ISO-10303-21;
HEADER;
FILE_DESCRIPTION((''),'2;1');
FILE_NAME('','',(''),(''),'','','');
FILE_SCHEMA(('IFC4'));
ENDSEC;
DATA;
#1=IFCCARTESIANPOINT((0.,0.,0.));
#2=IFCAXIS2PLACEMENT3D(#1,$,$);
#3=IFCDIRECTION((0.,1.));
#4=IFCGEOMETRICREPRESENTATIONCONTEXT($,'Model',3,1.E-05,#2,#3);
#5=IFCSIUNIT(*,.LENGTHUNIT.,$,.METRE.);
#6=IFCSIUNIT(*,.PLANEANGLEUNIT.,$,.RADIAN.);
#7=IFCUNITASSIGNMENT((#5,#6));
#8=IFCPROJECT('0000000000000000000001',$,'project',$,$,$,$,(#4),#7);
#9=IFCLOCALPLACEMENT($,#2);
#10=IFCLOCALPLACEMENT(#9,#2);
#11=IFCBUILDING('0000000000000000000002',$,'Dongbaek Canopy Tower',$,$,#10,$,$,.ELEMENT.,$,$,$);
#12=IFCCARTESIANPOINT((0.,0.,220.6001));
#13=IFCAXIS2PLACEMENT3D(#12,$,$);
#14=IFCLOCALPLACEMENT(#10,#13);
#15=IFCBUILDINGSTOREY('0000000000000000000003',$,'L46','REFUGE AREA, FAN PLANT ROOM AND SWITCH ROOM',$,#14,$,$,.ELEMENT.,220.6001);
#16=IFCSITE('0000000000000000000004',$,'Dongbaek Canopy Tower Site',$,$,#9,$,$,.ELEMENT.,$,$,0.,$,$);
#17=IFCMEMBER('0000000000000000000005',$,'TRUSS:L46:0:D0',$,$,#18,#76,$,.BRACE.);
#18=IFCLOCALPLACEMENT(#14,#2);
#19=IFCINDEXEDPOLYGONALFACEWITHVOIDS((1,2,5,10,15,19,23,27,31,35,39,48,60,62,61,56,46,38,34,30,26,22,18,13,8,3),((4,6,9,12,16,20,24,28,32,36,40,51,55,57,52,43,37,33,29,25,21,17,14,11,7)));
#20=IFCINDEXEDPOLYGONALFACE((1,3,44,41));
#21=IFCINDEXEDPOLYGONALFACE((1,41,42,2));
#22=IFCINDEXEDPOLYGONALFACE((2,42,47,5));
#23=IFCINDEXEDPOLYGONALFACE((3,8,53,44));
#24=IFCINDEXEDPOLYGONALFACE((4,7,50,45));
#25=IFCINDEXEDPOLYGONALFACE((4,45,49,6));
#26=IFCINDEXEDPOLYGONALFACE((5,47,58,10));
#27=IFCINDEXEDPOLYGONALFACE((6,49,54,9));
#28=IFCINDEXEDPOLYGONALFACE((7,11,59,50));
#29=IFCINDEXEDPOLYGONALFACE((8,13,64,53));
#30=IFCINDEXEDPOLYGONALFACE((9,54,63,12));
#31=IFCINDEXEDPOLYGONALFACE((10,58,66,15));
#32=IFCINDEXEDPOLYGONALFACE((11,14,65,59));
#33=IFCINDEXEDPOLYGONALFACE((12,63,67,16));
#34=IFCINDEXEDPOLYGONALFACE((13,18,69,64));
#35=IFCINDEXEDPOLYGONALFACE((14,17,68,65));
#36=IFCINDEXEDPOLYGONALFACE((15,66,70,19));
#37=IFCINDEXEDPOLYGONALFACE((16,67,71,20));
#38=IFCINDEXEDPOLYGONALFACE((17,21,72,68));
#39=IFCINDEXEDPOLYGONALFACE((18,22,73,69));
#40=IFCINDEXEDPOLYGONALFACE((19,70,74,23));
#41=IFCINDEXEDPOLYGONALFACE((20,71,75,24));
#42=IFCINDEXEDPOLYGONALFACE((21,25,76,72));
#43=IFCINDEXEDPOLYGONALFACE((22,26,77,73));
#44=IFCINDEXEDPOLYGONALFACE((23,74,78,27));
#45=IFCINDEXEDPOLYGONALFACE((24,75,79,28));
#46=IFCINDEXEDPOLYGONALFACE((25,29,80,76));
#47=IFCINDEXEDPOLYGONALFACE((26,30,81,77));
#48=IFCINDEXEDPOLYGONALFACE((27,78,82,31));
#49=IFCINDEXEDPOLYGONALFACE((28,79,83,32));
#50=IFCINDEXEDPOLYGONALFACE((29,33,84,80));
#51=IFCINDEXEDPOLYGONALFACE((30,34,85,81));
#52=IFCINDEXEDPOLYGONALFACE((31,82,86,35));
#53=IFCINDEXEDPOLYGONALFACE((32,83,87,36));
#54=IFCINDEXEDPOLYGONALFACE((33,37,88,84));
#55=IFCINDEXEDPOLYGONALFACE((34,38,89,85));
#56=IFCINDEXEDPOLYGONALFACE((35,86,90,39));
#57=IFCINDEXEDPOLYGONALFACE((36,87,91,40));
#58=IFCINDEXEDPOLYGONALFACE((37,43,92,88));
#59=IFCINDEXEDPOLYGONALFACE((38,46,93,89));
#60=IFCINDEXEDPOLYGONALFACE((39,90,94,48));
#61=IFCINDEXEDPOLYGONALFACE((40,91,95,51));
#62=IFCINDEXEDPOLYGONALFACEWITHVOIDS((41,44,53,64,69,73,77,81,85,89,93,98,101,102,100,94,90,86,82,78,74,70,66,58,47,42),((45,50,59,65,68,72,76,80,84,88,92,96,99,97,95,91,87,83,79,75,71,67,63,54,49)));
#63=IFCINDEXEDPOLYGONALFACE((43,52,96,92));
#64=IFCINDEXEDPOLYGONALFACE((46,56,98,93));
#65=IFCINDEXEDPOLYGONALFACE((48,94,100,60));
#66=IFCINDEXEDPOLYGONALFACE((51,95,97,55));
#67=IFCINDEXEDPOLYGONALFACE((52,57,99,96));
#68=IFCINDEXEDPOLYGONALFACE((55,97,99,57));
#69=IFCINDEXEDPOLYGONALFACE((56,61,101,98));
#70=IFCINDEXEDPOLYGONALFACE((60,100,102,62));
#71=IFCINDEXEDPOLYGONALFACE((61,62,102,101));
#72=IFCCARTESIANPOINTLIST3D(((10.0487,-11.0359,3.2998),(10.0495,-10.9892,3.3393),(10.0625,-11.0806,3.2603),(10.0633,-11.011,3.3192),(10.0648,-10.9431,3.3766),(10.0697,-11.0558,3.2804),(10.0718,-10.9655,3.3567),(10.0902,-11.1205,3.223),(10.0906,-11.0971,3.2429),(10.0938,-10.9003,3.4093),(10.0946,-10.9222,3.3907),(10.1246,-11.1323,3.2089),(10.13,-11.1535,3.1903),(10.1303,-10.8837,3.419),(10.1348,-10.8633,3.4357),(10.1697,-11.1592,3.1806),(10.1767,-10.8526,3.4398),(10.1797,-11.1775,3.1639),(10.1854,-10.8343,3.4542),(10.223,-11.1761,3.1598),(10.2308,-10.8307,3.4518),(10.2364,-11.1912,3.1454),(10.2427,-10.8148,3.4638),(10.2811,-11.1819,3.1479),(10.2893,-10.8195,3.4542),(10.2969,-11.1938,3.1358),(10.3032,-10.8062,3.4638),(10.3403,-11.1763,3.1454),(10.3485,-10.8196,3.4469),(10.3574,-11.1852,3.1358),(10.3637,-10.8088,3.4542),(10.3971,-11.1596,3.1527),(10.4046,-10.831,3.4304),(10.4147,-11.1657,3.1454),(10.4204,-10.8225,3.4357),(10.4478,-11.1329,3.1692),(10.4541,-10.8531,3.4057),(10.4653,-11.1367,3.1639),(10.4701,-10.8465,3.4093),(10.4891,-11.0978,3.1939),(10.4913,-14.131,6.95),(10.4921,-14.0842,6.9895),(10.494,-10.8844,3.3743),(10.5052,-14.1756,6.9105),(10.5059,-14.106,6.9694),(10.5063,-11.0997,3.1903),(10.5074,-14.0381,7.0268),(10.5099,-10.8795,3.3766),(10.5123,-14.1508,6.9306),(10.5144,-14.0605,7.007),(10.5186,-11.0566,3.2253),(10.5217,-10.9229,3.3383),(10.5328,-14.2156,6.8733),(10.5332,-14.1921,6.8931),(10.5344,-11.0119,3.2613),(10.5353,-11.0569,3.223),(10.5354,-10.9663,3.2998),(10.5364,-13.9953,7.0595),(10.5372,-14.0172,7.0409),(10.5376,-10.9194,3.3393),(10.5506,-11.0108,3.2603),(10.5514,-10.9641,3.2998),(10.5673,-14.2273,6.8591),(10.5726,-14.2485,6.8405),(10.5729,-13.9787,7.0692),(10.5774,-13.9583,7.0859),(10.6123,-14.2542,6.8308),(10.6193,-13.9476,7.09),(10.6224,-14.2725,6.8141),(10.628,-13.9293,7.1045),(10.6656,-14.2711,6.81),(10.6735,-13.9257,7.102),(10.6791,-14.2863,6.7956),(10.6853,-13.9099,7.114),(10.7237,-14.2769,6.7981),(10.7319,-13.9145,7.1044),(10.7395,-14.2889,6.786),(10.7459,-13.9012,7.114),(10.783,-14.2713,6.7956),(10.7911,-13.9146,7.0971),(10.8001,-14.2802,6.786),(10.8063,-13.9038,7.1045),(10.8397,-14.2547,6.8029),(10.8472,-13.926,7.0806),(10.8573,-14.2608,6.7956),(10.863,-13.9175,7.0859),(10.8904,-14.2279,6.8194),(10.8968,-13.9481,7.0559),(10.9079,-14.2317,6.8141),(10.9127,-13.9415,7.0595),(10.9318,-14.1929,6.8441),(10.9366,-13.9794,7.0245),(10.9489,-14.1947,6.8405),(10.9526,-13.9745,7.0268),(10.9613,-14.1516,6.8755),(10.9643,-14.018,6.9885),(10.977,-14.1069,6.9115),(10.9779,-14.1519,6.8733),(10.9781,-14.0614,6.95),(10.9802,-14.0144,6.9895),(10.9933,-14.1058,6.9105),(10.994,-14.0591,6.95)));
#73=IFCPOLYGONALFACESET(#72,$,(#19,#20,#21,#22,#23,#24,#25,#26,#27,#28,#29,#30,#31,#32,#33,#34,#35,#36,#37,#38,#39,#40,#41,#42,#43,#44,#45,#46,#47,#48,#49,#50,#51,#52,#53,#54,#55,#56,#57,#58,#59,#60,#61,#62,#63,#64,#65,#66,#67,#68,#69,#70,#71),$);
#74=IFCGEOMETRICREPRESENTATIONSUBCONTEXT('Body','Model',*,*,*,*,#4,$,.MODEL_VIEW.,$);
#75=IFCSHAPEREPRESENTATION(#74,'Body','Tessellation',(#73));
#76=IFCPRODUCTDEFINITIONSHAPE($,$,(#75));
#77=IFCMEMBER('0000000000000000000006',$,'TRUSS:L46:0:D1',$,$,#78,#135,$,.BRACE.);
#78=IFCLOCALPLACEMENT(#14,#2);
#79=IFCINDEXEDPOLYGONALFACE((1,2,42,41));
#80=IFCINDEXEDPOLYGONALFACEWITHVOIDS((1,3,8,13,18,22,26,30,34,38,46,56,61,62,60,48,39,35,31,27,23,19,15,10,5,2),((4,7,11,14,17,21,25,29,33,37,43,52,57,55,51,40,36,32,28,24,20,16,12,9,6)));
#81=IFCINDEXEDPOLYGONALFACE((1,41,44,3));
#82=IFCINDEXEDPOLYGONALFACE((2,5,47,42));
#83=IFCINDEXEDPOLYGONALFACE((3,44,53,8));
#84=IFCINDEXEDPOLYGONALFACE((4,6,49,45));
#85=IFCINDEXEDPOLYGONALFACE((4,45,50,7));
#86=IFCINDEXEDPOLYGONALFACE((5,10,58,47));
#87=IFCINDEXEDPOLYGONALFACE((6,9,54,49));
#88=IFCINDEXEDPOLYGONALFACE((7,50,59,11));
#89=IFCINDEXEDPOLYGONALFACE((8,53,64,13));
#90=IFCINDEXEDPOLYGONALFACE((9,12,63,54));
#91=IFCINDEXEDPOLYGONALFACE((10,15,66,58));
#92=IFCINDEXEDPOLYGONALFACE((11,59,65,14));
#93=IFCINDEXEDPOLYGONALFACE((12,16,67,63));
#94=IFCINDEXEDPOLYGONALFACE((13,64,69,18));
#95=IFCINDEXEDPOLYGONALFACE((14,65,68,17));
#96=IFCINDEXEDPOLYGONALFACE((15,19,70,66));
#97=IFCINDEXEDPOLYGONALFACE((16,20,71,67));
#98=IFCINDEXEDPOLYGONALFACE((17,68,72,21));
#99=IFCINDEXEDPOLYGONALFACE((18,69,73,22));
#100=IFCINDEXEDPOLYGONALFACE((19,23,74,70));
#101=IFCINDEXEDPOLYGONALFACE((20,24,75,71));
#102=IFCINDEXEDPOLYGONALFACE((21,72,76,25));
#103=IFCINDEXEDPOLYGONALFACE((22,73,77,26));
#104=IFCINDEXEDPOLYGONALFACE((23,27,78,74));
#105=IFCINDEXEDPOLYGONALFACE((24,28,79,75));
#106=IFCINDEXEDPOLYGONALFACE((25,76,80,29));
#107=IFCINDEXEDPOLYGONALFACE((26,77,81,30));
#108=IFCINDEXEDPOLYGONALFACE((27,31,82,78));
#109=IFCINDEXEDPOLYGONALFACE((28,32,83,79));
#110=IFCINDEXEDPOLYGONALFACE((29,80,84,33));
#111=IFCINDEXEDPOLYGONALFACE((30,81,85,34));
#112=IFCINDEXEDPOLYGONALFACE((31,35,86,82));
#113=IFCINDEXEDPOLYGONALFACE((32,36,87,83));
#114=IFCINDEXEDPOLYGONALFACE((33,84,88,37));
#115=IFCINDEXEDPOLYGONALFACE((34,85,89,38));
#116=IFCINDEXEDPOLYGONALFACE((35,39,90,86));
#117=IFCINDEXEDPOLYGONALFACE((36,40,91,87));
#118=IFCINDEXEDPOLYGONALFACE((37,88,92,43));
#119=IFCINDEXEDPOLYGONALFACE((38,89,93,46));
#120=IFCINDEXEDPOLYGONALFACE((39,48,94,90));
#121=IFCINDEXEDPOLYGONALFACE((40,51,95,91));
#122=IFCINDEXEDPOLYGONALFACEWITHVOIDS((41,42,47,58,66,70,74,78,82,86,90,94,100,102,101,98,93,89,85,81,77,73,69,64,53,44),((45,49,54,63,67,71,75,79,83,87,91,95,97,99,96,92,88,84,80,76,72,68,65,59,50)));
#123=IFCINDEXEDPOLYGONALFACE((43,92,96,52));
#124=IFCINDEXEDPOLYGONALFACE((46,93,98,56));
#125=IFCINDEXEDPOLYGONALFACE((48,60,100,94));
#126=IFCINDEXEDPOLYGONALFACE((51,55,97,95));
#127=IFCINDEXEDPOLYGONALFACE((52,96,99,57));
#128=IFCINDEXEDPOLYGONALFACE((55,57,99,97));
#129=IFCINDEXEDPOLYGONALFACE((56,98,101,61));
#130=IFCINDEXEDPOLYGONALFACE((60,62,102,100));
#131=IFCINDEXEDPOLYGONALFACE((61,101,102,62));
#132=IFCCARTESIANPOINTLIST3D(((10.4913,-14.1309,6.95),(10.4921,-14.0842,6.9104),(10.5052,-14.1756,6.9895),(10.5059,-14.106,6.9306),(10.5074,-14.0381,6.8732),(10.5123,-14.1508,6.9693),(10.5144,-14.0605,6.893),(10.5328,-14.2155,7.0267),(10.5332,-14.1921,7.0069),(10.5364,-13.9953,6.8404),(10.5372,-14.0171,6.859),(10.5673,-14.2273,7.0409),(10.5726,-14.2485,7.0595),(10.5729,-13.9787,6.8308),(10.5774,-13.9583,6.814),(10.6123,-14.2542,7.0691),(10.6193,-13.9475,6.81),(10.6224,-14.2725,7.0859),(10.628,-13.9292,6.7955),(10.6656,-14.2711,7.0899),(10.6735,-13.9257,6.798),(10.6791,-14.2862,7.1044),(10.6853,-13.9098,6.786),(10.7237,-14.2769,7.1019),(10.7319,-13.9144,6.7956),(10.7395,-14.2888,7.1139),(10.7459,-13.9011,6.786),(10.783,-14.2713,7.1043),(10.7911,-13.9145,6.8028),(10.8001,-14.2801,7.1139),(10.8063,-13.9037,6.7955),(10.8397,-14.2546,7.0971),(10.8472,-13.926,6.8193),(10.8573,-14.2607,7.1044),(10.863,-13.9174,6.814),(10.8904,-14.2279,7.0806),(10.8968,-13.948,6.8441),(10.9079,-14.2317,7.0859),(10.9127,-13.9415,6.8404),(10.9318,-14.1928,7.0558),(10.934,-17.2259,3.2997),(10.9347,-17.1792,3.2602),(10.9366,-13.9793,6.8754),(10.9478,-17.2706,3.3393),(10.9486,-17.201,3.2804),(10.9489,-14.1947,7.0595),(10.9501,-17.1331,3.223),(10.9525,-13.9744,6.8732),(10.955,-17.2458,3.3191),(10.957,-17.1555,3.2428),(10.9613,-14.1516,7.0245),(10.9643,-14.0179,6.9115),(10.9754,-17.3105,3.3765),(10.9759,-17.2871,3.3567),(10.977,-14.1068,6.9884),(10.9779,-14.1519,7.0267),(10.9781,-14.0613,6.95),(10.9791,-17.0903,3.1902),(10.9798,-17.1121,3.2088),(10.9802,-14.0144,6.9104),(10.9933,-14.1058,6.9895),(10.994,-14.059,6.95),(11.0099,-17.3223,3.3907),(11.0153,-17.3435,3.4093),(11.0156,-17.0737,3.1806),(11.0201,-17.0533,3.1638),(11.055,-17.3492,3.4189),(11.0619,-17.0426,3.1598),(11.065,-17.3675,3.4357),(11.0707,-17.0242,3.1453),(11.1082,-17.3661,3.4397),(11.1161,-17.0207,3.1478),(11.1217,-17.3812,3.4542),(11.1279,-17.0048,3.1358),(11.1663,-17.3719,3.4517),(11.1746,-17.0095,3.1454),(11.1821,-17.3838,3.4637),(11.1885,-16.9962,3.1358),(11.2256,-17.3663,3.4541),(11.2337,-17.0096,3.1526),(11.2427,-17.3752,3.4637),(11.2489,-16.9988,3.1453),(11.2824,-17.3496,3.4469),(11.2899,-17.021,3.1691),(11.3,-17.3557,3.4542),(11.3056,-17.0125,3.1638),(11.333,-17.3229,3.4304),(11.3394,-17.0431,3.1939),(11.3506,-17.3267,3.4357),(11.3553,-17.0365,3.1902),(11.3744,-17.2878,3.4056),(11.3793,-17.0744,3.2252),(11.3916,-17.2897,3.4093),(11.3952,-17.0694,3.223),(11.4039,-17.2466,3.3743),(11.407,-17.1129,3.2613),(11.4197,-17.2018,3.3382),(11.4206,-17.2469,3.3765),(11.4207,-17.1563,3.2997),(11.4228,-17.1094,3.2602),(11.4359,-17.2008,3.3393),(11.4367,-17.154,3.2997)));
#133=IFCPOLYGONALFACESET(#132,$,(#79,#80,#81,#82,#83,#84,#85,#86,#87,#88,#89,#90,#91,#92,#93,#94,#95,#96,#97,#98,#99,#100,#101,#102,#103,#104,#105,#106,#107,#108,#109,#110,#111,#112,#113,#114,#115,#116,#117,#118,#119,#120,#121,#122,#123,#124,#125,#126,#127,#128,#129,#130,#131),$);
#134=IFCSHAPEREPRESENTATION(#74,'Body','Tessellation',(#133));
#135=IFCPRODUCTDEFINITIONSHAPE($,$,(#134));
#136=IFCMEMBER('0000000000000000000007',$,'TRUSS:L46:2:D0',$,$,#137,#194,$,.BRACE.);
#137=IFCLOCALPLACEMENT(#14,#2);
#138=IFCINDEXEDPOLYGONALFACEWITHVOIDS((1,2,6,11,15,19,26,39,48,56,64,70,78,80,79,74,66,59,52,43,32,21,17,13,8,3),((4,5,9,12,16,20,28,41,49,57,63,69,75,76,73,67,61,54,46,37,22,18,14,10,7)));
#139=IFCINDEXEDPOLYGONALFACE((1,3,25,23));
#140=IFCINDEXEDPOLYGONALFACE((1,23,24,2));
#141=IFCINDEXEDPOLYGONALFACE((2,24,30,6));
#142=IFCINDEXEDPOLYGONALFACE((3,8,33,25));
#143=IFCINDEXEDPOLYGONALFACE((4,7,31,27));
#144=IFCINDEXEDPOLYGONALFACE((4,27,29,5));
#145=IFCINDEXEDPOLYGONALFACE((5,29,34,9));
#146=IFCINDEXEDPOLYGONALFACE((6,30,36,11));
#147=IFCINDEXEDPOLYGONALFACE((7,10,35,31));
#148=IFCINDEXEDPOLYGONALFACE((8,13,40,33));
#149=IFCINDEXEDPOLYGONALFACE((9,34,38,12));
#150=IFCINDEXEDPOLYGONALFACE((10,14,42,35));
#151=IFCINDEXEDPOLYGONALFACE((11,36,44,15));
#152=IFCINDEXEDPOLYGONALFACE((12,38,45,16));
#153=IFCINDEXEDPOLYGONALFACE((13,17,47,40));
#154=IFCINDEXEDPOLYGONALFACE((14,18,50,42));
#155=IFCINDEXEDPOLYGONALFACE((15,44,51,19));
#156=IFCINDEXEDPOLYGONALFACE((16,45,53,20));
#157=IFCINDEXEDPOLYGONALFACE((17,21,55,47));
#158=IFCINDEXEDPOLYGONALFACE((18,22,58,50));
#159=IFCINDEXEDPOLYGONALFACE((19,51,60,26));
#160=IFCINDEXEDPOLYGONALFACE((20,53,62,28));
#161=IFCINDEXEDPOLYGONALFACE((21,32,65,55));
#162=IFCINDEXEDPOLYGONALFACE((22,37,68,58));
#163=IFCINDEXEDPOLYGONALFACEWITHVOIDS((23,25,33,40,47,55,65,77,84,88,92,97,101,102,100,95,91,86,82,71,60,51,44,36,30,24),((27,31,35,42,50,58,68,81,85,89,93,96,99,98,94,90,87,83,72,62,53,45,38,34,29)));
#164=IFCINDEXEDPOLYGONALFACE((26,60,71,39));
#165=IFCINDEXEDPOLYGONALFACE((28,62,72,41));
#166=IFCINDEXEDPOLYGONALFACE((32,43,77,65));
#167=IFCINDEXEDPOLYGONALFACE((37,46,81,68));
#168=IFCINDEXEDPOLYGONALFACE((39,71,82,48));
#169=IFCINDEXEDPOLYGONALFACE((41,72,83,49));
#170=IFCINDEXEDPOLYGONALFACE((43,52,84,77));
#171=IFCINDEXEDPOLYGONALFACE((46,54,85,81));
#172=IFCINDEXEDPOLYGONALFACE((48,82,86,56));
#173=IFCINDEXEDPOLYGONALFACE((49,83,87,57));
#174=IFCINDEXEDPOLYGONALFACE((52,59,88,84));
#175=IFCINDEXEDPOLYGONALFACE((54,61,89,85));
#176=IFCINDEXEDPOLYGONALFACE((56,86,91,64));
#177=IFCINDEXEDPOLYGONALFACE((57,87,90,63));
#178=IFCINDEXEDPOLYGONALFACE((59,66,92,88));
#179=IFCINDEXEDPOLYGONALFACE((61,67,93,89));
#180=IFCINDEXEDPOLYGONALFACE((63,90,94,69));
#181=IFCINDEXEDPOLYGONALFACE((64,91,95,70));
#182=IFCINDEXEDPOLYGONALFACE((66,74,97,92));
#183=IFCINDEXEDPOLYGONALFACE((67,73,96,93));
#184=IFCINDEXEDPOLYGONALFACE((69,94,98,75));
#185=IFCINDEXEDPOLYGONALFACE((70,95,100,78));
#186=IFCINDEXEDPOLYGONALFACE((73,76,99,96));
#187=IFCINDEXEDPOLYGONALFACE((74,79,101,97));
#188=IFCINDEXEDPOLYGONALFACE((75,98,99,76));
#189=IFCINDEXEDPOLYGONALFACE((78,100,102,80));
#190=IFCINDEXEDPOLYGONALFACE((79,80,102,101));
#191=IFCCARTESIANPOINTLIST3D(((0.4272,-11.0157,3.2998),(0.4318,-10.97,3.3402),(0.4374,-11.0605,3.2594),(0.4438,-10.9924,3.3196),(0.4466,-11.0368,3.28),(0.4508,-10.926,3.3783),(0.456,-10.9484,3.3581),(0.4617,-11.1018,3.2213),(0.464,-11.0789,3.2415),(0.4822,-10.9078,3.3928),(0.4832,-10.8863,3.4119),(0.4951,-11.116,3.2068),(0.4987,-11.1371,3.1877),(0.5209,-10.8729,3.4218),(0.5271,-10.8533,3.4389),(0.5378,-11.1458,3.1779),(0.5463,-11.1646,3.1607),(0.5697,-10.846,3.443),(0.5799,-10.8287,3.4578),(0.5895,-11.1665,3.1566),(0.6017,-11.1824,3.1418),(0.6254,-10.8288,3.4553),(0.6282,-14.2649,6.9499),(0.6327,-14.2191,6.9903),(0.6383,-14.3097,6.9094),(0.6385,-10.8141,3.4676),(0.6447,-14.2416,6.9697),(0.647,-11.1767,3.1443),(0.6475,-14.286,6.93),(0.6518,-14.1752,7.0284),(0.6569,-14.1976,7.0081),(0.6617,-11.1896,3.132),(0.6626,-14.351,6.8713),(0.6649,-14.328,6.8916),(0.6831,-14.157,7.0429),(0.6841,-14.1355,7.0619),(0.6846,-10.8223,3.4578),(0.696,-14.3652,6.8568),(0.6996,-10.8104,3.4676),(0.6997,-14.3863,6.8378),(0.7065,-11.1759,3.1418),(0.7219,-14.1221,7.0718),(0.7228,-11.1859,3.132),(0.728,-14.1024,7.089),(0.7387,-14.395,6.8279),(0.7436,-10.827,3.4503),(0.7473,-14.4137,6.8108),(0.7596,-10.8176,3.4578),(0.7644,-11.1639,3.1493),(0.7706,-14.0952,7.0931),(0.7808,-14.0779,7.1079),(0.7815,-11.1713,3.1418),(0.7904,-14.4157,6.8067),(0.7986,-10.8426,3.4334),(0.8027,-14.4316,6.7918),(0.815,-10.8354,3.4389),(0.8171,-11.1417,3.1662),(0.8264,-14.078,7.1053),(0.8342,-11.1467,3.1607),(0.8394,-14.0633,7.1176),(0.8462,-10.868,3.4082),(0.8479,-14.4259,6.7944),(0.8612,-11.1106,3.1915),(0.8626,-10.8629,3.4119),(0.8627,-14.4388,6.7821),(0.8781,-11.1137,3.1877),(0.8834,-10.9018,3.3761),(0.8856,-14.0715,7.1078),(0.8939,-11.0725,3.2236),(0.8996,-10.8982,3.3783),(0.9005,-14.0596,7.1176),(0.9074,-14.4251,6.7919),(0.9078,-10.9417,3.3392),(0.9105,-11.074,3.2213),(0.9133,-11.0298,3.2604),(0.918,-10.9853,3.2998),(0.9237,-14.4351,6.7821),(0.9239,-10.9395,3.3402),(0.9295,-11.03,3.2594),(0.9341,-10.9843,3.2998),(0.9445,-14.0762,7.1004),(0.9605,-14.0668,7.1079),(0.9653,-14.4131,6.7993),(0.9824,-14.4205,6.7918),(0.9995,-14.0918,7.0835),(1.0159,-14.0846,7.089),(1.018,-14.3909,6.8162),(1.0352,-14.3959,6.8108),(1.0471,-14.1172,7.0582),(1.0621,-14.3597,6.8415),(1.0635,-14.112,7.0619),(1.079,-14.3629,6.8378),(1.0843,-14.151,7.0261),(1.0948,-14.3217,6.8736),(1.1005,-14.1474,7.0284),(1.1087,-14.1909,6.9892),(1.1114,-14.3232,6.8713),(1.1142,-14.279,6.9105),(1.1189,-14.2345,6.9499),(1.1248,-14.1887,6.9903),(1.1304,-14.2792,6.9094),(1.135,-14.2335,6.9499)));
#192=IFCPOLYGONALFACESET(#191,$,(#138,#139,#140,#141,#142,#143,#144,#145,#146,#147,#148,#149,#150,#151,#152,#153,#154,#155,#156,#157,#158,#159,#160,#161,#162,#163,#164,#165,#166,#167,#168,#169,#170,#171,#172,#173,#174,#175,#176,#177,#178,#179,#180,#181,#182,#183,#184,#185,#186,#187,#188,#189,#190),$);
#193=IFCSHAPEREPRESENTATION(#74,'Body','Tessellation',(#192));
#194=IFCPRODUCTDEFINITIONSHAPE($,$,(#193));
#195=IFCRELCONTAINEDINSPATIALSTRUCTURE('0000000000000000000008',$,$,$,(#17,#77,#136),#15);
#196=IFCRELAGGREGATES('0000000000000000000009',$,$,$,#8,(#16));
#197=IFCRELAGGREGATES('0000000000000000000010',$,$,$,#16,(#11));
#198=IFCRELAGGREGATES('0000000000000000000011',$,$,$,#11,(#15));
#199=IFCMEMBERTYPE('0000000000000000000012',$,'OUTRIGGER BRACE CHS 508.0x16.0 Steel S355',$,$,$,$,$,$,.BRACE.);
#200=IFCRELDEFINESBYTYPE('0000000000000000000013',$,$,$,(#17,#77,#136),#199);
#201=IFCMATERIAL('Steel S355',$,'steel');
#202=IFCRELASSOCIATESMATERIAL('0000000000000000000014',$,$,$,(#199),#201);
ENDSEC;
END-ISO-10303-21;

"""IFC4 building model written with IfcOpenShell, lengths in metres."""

from ifc_helpers import new_model, si_unit, direction, frame, origin, origin_2d, place, context, subcontext, project, spatial, hollow_circle, extrude, material, material_profile, profile_set, type_object, element, save


model = new_model("IFC4")

# Units and contexts
model_context = context("Model", 3, precision=1e-05, world=origin(), true_north=direction((0.0, 1.0)))
body_context = subcontext(model_context, "Body", "Model", "MODEL_VIEW")
ifc_project = project(units=[si_unit("LENGTHUNIT", "METRE"), si_unit("PLANEANGLEUNIT", "RADIAN")], contexts=[model_context])

# Site, building, storey
site_placement = place(None, origin())
site = spatial("IfcSite", under=ifc_project, at=site_placement, Name="Dongbaek Canopy Tower Site", CompositionType="ELEMENT", RefElevation=0.0)
building_placement = place(site_placement, origin())
building = spatial("IfcBuilding", under=site, at=building_placement, Name="Dongbaek Canopy Tower", CompositionType="ELEMENT")
storey_placement = place(building_placement, frame((0.0, 0.0, 220.6001)))
storey = spatial("IfcBuildingStorey", under=building, at=storey_placement, Name="L46", Description="REFUGE AREA, FAN PLANT ROOM AND SWITCH ROOM", CompositionType="ELEMENT", Elevation=220.6001)

# Members
ifc_material_1 = material(Name="Steel S355", Category="steel")
ifc_material_profile_1 = material_profile(ifc_material_1, hollow_circle(Radius=0.2539, WallThickness=0.0161, at=origin_2d()), Name="OUTRIGGER BRACE CHS 508.0x16.0 Steel S355")
ifc_profile_set_1 = profile_set([ifc_material_profile_1], Name="Steel S355")
member_type_1 = type_object("IfcMemberType", Name="OUTRIGGER BRACE CHS 508.0x16.0 Steel S355", PredefinedType="BRACE", material=ifc_profile_set_1)
for number, where, z_axis, x_axis, name in (
    (1, (10.3, -11.0, 3.2998), (0.092097, -0.643971, 0.759486), (0.989928, 0.141574, 0.0), "TRUSS:L46:0:D0"),
    (2, (10.7427, -14.095, 6.95), (0.092097, -0.643971, -0.759486), (0.989928, 0.141574, 0.0), "TRUSS:L46:0:D1"),
):
    element("IfcMember", number, at=place(storey_placement, frame(where, z_axis=z_axis, x_axis=x_axis)), inside=storey, type_object=member_type_1, Name=name, PredefinedType="BRACE", context=body_context, shape_type="SweptSolid", body=[
        extrude(hollow_circle(Radius=0.2539, WallThickness=0.0161, at=origin_2d()), origin(), (0.0, 0.0, 1.0), 4.8062),
    ])
member_1_placement = place(storey_placement, frame((0.6807, -11.0, 3.2998), z_axis=(0.041081, -0.664339, 0.746302), x_axis=(0.998094, 0.06172, 0.0)))
element("IfcMember", 3, at=member_1_placement, inside=storey, type_object=member_type_1, Name="TRUSS:L46:2:D0", PredefinedType="BRACE", context=body_context, shape_type="SweptSolid", body=[
    extrude(hollow_circle(Radius=0.2539, WallThickness=0.0161, at=origin_2d()), origin(), (0.0, 0.0, 1.0), 4.8909),
])

save(model, "model.ifc")
